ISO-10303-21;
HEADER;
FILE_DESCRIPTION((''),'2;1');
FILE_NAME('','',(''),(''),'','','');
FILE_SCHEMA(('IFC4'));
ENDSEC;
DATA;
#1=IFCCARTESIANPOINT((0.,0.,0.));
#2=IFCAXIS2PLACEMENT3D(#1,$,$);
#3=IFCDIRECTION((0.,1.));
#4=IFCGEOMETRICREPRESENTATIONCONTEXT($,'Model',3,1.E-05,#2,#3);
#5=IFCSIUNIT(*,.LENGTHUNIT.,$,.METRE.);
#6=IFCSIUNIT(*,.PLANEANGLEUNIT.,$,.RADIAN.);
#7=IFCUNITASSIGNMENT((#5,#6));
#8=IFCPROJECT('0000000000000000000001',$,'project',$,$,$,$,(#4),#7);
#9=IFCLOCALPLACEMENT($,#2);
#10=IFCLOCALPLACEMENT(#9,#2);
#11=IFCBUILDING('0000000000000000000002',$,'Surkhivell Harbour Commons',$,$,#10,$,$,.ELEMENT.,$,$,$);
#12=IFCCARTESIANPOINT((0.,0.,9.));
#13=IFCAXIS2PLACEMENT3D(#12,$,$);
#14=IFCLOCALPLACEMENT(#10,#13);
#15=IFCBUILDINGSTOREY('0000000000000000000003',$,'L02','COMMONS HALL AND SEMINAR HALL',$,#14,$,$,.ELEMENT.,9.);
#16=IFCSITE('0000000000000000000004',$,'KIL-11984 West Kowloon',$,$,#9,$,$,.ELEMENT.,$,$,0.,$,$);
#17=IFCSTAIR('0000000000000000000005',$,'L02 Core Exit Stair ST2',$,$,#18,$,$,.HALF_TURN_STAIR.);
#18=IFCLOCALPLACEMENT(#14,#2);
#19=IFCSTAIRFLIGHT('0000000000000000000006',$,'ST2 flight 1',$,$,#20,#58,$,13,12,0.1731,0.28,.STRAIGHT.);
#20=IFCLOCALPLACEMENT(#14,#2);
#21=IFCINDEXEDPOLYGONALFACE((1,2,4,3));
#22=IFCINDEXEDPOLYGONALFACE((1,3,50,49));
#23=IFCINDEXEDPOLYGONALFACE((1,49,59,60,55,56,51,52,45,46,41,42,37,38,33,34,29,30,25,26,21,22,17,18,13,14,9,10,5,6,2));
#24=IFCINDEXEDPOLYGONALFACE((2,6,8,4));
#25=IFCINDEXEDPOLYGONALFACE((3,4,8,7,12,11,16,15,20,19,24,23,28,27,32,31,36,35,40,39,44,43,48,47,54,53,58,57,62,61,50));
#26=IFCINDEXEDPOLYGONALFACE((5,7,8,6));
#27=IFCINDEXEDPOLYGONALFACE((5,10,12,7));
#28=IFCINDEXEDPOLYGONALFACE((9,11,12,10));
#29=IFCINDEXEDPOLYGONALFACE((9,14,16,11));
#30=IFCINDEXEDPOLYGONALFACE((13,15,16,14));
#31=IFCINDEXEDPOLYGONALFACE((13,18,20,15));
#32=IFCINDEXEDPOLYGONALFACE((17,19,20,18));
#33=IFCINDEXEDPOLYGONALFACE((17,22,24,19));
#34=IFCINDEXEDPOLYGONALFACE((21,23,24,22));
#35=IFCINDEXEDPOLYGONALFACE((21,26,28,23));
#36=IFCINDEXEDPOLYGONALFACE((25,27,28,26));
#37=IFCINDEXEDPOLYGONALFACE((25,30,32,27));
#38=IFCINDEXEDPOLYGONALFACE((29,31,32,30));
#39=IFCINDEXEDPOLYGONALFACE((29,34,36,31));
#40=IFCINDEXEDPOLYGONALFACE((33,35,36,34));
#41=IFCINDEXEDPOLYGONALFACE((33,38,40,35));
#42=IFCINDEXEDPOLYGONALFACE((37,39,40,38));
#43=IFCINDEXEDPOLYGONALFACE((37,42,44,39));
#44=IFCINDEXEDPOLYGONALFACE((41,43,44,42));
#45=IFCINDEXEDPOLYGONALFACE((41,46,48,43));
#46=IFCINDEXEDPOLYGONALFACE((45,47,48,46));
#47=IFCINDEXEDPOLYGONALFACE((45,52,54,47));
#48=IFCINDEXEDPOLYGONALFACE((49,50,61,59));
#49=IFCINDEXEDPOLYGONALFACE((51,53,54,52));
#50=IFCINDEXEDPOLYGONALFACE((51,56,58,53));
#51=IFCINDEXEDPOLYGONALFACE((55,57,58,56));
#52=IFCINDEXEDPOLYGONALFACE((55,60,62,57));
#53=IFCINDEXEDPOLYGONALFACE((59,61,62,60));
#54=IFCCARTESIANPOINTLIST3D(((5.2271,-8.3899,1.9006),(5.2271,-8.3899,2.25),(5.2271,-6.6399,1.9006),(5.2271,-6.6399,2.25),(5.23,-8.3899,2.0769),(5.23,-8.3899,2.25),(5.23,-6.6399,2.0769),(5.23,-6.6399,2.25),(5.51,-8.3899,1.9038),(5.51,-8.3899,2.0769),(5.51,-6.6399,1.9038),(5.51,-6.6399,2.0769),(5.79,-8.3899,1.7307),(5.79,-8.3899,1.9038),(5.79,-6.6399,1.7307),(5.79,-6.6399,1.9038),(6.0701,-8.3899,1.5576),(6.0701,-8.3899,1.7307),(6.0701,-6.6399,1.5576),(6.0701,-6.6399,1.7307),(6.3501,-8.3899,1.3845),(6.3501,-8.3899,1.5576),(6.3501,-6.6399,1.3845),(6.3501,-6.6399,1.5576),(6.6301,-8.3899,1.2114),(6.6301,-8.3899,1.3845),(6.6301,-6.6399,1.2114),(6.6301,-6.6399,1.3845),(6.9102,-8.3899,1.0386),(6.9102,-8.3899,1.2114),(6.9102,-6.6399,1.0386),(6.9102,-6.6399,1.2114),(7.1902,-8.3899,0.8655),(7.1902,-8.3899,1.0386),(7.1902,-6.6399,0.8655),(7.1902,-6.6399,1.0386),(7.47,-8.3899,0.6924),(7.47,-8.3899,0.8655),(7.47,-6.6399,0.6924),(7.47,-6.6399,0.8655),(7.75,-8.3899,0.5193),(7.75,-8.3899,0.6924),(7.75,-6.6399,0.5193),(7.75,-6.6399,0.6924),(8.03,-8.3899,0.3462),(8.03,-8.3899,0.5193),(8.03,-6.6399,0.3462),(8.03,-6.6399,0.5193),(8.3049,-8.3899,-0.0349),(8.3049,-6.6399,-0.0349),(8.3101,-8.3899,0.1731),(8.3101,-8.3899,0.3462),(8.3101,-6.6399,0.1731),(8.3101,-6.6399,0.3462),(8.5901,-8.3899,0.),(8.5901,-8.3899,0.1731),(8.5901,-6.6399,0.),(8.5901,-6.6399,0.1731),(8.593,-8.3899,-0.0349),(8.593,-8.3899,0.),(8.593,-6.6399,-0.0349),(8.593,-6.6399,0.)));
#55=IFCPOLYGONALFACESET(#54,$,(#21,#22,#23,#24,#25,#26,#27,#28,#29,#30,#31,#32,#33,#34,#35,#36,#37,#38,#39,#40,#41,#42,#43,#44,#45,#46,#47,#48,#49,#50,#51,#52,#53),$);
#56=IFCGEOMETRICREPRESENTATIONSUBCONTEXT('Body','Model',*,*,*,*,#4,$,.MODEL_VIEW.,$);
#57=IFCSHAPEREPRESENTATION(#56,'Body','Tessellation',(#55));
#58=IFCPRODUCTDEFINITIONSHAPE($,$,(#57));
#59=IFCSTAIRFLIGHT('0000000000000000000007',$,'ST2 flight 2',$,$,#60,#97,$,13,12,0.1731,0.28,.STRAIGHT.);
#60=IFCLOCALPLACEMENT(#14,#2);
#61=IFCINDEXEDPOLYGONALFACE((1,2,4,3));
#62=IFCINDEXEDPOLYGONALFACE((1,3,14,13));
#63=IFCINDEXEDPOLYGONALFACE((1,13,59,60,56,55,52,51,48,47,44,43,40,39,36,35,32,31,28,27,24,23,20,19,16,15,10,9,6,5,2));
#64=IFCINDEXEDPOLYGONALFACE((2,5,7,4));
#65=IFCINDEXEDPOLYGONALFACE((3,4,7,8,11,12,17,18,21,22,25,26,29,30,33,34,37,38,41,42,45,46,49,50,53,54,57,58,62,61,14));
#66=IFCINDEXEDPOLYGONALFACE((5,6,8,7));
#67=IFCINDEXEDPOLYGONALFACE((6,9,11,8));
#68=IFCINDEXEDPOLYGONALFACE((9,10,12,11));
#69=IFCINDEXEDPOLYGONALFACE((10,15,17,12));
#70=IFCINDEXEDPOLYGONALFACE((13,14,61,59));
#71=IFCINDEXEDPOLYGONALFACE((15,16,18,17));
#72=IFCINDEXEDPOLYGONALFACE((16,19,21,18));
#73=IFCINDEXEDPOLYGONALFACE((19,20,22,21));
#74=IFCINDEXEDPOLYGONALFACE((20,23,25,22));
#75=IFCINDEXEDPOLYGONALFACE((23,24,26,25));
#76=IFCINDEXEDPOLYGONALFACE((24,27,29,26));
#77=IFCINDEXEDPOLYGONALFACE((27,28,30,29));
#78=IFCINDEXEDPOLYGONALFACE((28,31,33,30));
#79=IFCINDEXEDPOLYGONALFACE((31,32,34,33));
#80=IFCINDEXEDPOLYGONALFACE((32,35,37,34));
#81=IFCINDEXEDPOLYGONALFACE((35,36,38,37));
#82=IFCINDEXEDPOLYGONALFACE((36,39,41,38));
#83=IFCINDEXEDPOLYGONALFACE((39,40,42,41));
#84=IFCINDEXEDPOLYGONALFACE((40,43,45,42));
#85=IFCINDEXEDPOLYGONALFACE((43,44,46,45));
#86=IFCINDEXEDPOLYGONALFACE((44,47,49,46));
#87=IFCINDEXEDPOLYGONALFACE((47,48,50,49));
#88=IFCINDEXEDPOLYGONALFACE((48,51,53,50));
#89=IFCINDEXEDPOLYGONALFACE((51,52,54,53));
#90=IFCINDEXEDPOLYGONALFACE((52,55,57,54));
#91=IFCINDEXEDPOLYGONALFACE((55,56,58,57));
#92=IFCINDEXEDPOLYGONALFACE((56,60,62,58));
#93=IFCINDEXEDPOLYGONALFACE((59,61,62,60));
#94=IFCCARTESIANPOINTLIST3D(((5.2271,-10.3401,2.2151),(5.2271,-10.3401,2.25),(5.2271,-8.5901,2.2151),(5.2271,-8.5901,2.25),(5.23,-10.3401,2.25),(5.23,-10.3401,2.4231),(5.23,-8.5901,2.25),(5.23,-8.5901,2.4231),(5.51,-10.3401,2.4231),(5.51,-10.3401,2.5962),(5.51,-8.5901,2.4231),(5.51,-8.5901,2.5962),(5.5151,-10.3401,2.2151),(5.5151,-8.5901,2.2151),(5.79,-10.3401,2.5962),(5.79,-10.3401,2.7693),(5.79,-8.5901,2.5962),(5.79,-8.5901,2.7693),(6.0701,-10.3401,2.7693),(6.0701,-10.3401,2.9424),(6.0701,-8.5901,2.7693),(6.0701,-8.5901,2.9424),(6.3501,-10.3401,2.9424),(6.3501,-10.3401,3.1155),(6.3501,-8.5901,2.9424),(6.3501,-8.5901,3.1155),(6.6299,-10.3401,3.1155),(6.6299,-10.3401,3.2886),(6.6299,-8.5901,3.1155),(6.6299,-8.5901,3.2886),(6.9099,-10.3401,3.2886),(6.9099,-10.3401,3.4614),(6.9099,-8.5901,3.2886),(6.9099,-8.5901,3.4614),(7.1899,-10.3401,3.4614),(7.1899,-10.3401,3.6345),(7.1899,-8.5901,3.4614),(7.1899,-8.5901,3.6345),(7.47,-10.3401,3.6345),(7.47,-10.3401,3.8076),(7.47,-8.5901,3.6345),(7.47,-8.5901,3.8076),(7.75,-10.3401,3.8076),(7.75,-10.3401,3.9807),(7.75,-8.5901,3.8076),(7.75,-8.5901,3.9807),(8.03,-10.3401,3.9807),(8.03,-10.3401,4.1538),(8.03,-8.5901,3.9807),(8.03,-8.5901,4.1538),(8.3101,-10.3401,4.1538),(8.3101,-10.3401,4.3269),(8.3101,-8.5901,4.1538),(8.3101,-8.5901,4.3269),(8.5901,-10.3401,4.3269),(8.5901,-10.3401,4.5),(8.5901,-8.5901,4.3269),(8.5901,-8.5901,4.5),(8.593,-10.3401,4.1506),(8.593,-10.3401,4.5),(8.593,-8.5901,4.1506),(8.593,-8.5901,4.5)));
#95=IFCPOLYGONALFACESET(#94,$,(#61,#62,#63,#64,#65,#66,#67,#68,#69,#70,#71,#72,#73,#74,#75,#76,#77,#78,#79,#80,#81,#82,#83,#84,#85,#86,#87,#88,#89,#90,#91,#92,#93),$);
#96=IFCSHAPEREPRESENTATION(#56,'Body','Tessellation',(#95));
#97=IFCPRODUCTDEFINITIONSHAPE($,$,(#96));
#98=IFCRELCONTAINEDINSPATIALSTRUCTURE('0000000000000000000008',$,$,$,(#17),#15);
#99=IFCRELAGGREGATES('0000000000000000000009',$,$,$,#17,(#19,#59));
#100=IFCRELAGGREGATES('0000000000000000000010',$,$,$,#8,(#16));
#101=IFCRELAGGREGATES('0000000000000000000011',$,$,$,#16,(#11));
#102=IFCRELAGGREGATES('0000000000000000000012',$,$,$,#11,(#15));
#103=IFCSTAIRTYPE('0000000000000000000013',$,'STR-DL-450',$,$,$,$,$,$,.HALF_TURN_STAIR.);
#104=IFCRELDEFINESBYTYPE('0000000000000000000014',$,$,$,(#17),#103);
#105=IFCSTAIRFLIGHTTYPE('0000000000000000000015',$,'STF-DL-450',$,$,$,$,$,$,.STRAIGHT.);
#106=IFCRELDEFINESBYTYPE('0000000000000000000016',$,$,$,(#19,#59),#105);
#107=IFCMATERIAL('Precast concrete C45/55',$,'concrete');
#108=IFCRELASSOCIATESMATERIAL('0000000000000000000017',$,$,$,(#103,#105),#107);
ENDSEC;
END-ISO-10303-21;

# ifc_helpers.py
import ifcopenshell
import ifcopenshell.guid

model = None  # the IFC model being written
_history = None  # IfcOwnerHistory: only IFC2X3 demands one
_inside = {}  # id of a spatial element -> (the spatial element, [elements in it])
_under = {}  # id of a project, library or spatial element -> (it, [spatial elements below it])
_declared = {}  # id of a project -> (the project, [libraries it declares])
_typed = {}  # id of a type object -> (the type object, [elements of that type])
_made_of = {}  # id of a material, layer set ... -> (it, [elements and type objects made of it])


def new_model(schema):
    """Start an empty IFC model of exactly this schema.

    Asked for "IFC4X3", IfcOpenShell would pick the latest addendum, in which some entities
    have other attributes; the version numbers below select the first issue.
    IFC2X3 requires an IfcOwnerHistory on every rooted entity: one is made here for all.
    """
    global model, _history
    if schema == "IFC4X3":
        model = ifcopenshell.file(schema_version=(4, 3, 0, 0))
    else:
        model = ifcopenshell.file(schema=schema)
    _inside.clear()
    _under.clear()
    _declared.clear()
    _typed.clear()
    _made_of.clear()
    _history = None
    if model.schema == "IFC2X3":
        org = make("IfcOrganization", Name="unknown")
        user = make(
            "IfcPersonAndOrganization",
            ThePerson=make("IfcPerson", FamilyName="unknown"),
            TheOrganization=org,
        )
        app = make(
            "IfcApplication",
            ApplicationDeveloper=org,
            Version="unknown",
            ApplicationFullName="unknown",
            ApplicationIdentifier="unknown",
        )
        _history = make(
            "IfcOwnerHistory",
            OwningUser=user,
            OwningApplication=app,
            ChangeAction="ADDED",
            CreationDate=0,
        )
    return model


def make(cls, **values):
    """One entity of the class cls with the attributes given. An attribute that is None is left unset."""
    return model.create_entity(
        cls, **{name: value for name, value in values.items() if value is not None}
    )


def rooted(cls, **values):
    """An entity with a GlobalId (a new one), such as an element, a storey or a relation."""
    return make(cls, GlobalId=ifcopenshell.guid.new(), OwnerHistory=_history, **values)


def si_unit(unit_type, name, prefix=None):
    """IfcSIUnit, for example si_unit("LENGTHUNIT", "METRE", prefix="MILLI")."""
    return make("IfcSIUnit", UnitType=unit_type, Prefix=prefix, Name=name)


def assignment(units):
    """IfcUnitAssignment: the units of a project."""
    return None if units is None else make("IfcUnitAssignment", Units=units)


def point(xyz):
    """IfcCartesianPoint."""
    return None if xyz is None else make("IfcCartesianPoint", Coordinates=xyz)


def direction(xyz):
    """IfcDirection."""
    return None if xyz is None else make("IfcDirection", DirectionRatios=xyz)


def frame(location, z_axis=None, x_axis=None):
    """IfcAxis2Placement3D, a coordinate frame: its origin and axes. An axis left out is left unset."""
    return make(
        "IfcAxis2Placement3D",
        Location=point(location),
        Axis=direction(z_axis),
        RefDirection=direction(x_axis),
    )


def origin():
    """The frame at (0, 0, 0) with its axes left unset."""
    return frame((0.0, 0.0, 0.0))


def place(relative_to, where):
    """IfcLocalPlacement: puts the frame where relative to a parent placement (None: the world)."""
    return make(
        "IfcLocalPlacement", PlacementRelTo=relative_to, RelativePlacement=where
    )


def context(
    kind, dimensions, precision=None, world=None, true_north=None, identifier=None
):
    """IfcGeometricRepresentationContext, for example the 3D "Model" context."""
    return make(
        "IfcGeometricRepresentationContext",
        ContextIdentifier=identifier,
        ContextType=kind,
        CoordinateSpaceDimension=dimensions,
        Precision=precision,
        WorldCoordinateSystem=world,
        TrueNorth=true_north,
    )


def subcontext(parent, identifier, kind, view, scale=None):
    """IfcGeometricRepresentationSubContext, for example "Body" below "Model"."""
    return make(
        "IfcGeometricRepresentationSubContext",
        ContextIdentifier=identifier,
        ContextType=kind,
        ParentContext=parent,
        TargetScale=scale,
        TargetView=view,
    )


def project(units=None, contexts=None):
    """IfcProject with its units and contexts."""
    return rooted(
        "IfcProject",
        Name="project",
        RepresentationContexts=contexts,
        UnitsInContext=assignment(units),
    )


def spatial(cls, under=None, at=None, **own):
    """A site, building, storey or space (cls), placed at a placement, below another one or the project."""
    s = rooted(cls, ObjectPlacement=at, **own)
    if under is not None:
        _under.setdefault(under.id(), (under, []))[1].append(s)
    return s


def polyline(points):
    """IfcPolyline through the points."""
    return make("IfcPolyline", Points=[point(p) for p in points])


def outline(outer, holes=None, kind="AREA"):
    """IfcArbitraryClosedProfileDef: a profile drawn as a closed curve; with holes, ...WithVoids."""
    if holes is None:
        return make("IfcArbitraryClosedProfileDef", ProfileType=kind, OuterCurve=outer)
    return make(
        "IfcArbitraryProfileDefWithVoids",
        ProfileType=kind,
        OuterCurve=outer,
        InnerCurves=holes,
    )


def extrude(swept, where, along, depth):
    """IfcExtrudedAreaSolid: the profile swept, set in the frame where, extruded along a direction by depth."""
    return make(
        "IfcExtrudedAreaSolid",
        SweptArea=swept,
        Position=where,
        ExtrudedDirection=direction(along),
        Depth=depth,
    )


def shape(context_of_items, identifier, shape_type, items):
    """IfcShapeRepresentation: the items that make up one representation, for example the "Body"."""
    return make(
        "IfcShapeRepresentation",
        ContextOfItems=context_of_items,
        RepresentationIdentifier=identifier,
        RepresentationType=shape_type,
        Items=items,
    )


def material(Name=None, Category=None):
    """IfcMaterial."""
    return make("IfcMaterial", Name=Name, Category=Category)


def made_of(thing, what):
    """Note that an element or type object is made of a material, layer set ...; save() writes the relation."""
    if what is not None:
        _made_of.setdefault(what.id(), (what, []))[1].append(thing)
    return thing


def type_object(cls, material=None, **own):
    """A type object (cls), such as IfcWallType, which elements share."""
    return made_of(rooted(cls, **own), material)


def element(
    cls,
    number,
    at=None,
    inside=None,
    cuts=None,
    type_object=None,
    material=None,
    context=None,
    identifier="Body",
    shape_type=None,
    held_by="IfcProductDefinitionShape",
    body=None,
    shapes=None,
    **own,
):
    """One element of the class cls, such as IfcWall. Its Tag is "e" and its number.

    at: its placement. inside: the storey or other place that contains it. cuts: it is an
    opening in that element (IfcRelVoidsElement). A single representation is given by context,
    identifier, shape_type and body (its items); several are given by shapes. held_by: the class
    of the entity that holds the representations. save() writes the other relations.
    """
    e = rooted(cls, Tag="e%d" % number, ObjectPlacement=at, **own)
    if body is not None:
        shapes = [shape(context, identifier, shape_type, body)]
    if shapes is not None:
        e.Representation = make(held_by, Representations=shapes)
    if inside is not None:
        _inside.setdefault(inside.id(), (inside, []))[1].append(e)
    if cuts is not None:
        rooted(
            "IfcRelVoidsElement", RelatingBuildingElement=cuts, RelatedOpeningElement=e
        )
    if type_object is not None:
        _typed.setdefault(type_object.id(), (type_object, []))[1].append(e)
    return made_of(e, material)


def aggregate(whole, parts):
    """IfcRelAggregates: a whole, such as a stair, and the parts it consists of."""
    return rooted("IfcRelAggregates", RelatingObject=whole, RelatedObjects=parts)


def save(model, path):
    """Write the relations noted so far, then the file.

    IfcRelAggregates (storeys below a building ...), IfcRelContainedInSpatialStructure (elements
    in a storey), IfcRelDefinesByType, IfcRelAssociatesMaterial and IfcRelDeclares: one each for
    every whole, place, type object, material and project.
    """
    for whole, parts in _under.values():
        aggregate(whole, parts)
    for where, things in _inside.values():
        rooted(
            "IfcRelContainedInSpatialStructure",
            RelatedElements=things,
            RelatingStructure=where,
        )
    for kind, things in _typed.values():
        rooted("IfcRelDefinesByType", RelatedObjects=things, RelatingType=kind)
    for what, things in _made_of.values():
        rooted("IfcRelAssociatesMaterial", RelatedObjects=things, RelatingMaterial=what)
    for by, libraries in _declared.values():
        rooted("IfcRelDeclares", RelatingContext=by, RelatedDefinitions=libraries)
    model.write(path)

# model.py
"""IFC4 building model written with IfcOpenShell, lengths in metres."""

from ifc_helpers import new_model, si_unit, direction, frame, origin, place, context, subcontext, project, spatial, polyline, outline, extrude, material, type_object, element, aggregate, save


model = new_model("IFC4")

# Units and contexts
model_context = context("Model", 3, precision=1e-05, world=origin(), true_north=direction((0.0, 1.0)))
body_context = subcontext(model_context, "Body", "Model", "MODEL_VIEW")
ifc_project = project(units=[si_unit("LENGTHUNIT", "METRE"), si_unit("PLANEANGLEUNIT", "RADIAN")], contexts=[model_context])

# Site, building, storey
site_placement = place(None, origin())
site = spatial("IfcSite", under=ifc_project, at=site_placement, Name="KIL-11984 West Kowloon", CompositionType="ELEMENT", RefElevation=0.0)
building_placement = place(site_placement, origin())
building = spatial("IfcBuilding", under=site, at=building_placement, Name="Surkhivell Harbour Commons", CompositionType="ELEMENT")
storey_placement = place(building_placement, frame((0.0, 0.0, 9.0)))
storey = spatial("IfcBuildingStorey", under=building, at=storey_placement, Name="L02", Description="COMMONS HALL AND SEMINAR HALL", CompositionType="ELEMENT", Elevation=9.0)

# Stair, stair flights
ifc_material_1 = material(Name="Precast concrete C45/55", Category="concrete")
stair_type = type_object("IfcStairType", Name="STR-DL-450", PredefinedType="HALF_TURN_STAIR", material=ifc_material_1)
stair_placement = place(storey_placement, origin())
stair = element("IfcStair", 1, at=stair_placement, inside=storey, type_object=stair_type, Name="L02 Core Exit Stair ST2", PredefinedType="HALF_TURN_STAIR")
stair_flight_type = type_object("IfcStairFlightType", Name="STF-DL-450", PredefinedType="STRAIGHT", material=ifc_material_1)
stair_flight_1_placement = place(storey_placement, frame((8.5901, -7.5149, 0.0), z_axis=(0.0, 0.0, 1.0), x_axis=(-1.0, 0.0, 0.0)))
stair_flight_1 = element("IfcStairFlight", 2, at=stair_flight_1_placement, type_object=stair_flight_type, Name="ST2 flight 1", NumberOfRisers=13, NumberOfTreads=12, PredefinedType="STRAIGHT", RiserHeight=0.1731, TreadLength=0.28, context=body_context, shape_type="SweptSolid", body=[
    extrude(outline(polyline([(-0.0029, -0.0349), (-0.0029, 0.0), (0.0, 0.0), (0.0, 0.1731), (0.28, 0.1731), (0.28, 0.3462), (0.5601, 0.3462), (0.5601, 0.5193), (0.8401, 0.5193), (0.8401, 0.6924), (1.1201, 0.6924), (1.1201, 0.8655), (1.3999, 0.8655), (1.3999, 1.0386), (1.6799, 1.0386), (1.6799, 1.2114), (1.96, 1.2114), (1.96, 1.3845), (2.24, 1.3845), (2.24, 1.5576), (2.52, 1.5576), (2.52, 1.7307), (2.8, 1.7307), (2.8, 1.9038), (3.0801, 1.9038), (3.0801, 2.0769), (3.3601, 2.0769), (3.3601, 2.25), (3.363, 2.25), (3.363, 1.9006), (0.2852, -0.0349), (-0.0029, -0.0349)])), frame((0.0, 0.875, 0.0), z_axis=(0.0, -1.0, 0.0), x_axis=(1.0, 0.0, 0.0)), (0.0, 0.0, 1.0), 1.75),
])
stair_flight_2_placement = place(storey_placement, frame((5.23, -9.4651, 2.25), z_axis=(0.0, 0.0, 1.0), x_axis=(1.0, 0.0, 0.0)))
stair_flight_2 = element("IfcStairFlight", 3, at=stair_flight_2_placement, type_object=stair_flight_type, Name="ST2 flight 2", NumberOfRisers=13, NumberOfTreads=12, PredefinedType="STRAIGHT", RiserHeight=0.1731, TreadLength=0.28, context=body_context, shape_type="SweptSolid", body=[
    extrude(outline(polyline([(-0.0029, -0.0349), (-0.0029, 0.0), (0.0, 0.0), (0.0, 0.1731), (0.28, 0.1731), (0.28, 0.3462), (0.5601, 0.3462), (0.5601, 0.5193), (0.8401, 0.5193), (0.8401, 0.6924), (1.1201, 0.6924), (1.1201, 0.8655), (1.3999, 0.8655), (1.3999, 1.0386), (1.6799, 1.0386), (1.6799, 1.2114), (1.96, 1.2114), (1.96, 1.3845), (2.24, 1.3845), (2.24, 1.5576), (2.52, 1.5576), (2.52, 1.7307), (2.8, 1.7307), (2.8, 1.9038), (3.0801, 1.9038), (3.0801, 2.0769), (3.3601, 2.0769), (3.3601, 2.25), (3.363, 2.25), (3.363, 1.9006), (0.2852, -0.0349), (-0.0029, -0.0349)])), frame((0.0, 0.875, 0.0), z_axis=(0.0, -1.0, 0.0), x_axis=(1.0, 0.0, 0.0)), (0.0, 0.0, 1.0), 1.75),
])
aggregate(stair, [stair_flight_1, stair_flight_2])

save(model, "model.ifc")
